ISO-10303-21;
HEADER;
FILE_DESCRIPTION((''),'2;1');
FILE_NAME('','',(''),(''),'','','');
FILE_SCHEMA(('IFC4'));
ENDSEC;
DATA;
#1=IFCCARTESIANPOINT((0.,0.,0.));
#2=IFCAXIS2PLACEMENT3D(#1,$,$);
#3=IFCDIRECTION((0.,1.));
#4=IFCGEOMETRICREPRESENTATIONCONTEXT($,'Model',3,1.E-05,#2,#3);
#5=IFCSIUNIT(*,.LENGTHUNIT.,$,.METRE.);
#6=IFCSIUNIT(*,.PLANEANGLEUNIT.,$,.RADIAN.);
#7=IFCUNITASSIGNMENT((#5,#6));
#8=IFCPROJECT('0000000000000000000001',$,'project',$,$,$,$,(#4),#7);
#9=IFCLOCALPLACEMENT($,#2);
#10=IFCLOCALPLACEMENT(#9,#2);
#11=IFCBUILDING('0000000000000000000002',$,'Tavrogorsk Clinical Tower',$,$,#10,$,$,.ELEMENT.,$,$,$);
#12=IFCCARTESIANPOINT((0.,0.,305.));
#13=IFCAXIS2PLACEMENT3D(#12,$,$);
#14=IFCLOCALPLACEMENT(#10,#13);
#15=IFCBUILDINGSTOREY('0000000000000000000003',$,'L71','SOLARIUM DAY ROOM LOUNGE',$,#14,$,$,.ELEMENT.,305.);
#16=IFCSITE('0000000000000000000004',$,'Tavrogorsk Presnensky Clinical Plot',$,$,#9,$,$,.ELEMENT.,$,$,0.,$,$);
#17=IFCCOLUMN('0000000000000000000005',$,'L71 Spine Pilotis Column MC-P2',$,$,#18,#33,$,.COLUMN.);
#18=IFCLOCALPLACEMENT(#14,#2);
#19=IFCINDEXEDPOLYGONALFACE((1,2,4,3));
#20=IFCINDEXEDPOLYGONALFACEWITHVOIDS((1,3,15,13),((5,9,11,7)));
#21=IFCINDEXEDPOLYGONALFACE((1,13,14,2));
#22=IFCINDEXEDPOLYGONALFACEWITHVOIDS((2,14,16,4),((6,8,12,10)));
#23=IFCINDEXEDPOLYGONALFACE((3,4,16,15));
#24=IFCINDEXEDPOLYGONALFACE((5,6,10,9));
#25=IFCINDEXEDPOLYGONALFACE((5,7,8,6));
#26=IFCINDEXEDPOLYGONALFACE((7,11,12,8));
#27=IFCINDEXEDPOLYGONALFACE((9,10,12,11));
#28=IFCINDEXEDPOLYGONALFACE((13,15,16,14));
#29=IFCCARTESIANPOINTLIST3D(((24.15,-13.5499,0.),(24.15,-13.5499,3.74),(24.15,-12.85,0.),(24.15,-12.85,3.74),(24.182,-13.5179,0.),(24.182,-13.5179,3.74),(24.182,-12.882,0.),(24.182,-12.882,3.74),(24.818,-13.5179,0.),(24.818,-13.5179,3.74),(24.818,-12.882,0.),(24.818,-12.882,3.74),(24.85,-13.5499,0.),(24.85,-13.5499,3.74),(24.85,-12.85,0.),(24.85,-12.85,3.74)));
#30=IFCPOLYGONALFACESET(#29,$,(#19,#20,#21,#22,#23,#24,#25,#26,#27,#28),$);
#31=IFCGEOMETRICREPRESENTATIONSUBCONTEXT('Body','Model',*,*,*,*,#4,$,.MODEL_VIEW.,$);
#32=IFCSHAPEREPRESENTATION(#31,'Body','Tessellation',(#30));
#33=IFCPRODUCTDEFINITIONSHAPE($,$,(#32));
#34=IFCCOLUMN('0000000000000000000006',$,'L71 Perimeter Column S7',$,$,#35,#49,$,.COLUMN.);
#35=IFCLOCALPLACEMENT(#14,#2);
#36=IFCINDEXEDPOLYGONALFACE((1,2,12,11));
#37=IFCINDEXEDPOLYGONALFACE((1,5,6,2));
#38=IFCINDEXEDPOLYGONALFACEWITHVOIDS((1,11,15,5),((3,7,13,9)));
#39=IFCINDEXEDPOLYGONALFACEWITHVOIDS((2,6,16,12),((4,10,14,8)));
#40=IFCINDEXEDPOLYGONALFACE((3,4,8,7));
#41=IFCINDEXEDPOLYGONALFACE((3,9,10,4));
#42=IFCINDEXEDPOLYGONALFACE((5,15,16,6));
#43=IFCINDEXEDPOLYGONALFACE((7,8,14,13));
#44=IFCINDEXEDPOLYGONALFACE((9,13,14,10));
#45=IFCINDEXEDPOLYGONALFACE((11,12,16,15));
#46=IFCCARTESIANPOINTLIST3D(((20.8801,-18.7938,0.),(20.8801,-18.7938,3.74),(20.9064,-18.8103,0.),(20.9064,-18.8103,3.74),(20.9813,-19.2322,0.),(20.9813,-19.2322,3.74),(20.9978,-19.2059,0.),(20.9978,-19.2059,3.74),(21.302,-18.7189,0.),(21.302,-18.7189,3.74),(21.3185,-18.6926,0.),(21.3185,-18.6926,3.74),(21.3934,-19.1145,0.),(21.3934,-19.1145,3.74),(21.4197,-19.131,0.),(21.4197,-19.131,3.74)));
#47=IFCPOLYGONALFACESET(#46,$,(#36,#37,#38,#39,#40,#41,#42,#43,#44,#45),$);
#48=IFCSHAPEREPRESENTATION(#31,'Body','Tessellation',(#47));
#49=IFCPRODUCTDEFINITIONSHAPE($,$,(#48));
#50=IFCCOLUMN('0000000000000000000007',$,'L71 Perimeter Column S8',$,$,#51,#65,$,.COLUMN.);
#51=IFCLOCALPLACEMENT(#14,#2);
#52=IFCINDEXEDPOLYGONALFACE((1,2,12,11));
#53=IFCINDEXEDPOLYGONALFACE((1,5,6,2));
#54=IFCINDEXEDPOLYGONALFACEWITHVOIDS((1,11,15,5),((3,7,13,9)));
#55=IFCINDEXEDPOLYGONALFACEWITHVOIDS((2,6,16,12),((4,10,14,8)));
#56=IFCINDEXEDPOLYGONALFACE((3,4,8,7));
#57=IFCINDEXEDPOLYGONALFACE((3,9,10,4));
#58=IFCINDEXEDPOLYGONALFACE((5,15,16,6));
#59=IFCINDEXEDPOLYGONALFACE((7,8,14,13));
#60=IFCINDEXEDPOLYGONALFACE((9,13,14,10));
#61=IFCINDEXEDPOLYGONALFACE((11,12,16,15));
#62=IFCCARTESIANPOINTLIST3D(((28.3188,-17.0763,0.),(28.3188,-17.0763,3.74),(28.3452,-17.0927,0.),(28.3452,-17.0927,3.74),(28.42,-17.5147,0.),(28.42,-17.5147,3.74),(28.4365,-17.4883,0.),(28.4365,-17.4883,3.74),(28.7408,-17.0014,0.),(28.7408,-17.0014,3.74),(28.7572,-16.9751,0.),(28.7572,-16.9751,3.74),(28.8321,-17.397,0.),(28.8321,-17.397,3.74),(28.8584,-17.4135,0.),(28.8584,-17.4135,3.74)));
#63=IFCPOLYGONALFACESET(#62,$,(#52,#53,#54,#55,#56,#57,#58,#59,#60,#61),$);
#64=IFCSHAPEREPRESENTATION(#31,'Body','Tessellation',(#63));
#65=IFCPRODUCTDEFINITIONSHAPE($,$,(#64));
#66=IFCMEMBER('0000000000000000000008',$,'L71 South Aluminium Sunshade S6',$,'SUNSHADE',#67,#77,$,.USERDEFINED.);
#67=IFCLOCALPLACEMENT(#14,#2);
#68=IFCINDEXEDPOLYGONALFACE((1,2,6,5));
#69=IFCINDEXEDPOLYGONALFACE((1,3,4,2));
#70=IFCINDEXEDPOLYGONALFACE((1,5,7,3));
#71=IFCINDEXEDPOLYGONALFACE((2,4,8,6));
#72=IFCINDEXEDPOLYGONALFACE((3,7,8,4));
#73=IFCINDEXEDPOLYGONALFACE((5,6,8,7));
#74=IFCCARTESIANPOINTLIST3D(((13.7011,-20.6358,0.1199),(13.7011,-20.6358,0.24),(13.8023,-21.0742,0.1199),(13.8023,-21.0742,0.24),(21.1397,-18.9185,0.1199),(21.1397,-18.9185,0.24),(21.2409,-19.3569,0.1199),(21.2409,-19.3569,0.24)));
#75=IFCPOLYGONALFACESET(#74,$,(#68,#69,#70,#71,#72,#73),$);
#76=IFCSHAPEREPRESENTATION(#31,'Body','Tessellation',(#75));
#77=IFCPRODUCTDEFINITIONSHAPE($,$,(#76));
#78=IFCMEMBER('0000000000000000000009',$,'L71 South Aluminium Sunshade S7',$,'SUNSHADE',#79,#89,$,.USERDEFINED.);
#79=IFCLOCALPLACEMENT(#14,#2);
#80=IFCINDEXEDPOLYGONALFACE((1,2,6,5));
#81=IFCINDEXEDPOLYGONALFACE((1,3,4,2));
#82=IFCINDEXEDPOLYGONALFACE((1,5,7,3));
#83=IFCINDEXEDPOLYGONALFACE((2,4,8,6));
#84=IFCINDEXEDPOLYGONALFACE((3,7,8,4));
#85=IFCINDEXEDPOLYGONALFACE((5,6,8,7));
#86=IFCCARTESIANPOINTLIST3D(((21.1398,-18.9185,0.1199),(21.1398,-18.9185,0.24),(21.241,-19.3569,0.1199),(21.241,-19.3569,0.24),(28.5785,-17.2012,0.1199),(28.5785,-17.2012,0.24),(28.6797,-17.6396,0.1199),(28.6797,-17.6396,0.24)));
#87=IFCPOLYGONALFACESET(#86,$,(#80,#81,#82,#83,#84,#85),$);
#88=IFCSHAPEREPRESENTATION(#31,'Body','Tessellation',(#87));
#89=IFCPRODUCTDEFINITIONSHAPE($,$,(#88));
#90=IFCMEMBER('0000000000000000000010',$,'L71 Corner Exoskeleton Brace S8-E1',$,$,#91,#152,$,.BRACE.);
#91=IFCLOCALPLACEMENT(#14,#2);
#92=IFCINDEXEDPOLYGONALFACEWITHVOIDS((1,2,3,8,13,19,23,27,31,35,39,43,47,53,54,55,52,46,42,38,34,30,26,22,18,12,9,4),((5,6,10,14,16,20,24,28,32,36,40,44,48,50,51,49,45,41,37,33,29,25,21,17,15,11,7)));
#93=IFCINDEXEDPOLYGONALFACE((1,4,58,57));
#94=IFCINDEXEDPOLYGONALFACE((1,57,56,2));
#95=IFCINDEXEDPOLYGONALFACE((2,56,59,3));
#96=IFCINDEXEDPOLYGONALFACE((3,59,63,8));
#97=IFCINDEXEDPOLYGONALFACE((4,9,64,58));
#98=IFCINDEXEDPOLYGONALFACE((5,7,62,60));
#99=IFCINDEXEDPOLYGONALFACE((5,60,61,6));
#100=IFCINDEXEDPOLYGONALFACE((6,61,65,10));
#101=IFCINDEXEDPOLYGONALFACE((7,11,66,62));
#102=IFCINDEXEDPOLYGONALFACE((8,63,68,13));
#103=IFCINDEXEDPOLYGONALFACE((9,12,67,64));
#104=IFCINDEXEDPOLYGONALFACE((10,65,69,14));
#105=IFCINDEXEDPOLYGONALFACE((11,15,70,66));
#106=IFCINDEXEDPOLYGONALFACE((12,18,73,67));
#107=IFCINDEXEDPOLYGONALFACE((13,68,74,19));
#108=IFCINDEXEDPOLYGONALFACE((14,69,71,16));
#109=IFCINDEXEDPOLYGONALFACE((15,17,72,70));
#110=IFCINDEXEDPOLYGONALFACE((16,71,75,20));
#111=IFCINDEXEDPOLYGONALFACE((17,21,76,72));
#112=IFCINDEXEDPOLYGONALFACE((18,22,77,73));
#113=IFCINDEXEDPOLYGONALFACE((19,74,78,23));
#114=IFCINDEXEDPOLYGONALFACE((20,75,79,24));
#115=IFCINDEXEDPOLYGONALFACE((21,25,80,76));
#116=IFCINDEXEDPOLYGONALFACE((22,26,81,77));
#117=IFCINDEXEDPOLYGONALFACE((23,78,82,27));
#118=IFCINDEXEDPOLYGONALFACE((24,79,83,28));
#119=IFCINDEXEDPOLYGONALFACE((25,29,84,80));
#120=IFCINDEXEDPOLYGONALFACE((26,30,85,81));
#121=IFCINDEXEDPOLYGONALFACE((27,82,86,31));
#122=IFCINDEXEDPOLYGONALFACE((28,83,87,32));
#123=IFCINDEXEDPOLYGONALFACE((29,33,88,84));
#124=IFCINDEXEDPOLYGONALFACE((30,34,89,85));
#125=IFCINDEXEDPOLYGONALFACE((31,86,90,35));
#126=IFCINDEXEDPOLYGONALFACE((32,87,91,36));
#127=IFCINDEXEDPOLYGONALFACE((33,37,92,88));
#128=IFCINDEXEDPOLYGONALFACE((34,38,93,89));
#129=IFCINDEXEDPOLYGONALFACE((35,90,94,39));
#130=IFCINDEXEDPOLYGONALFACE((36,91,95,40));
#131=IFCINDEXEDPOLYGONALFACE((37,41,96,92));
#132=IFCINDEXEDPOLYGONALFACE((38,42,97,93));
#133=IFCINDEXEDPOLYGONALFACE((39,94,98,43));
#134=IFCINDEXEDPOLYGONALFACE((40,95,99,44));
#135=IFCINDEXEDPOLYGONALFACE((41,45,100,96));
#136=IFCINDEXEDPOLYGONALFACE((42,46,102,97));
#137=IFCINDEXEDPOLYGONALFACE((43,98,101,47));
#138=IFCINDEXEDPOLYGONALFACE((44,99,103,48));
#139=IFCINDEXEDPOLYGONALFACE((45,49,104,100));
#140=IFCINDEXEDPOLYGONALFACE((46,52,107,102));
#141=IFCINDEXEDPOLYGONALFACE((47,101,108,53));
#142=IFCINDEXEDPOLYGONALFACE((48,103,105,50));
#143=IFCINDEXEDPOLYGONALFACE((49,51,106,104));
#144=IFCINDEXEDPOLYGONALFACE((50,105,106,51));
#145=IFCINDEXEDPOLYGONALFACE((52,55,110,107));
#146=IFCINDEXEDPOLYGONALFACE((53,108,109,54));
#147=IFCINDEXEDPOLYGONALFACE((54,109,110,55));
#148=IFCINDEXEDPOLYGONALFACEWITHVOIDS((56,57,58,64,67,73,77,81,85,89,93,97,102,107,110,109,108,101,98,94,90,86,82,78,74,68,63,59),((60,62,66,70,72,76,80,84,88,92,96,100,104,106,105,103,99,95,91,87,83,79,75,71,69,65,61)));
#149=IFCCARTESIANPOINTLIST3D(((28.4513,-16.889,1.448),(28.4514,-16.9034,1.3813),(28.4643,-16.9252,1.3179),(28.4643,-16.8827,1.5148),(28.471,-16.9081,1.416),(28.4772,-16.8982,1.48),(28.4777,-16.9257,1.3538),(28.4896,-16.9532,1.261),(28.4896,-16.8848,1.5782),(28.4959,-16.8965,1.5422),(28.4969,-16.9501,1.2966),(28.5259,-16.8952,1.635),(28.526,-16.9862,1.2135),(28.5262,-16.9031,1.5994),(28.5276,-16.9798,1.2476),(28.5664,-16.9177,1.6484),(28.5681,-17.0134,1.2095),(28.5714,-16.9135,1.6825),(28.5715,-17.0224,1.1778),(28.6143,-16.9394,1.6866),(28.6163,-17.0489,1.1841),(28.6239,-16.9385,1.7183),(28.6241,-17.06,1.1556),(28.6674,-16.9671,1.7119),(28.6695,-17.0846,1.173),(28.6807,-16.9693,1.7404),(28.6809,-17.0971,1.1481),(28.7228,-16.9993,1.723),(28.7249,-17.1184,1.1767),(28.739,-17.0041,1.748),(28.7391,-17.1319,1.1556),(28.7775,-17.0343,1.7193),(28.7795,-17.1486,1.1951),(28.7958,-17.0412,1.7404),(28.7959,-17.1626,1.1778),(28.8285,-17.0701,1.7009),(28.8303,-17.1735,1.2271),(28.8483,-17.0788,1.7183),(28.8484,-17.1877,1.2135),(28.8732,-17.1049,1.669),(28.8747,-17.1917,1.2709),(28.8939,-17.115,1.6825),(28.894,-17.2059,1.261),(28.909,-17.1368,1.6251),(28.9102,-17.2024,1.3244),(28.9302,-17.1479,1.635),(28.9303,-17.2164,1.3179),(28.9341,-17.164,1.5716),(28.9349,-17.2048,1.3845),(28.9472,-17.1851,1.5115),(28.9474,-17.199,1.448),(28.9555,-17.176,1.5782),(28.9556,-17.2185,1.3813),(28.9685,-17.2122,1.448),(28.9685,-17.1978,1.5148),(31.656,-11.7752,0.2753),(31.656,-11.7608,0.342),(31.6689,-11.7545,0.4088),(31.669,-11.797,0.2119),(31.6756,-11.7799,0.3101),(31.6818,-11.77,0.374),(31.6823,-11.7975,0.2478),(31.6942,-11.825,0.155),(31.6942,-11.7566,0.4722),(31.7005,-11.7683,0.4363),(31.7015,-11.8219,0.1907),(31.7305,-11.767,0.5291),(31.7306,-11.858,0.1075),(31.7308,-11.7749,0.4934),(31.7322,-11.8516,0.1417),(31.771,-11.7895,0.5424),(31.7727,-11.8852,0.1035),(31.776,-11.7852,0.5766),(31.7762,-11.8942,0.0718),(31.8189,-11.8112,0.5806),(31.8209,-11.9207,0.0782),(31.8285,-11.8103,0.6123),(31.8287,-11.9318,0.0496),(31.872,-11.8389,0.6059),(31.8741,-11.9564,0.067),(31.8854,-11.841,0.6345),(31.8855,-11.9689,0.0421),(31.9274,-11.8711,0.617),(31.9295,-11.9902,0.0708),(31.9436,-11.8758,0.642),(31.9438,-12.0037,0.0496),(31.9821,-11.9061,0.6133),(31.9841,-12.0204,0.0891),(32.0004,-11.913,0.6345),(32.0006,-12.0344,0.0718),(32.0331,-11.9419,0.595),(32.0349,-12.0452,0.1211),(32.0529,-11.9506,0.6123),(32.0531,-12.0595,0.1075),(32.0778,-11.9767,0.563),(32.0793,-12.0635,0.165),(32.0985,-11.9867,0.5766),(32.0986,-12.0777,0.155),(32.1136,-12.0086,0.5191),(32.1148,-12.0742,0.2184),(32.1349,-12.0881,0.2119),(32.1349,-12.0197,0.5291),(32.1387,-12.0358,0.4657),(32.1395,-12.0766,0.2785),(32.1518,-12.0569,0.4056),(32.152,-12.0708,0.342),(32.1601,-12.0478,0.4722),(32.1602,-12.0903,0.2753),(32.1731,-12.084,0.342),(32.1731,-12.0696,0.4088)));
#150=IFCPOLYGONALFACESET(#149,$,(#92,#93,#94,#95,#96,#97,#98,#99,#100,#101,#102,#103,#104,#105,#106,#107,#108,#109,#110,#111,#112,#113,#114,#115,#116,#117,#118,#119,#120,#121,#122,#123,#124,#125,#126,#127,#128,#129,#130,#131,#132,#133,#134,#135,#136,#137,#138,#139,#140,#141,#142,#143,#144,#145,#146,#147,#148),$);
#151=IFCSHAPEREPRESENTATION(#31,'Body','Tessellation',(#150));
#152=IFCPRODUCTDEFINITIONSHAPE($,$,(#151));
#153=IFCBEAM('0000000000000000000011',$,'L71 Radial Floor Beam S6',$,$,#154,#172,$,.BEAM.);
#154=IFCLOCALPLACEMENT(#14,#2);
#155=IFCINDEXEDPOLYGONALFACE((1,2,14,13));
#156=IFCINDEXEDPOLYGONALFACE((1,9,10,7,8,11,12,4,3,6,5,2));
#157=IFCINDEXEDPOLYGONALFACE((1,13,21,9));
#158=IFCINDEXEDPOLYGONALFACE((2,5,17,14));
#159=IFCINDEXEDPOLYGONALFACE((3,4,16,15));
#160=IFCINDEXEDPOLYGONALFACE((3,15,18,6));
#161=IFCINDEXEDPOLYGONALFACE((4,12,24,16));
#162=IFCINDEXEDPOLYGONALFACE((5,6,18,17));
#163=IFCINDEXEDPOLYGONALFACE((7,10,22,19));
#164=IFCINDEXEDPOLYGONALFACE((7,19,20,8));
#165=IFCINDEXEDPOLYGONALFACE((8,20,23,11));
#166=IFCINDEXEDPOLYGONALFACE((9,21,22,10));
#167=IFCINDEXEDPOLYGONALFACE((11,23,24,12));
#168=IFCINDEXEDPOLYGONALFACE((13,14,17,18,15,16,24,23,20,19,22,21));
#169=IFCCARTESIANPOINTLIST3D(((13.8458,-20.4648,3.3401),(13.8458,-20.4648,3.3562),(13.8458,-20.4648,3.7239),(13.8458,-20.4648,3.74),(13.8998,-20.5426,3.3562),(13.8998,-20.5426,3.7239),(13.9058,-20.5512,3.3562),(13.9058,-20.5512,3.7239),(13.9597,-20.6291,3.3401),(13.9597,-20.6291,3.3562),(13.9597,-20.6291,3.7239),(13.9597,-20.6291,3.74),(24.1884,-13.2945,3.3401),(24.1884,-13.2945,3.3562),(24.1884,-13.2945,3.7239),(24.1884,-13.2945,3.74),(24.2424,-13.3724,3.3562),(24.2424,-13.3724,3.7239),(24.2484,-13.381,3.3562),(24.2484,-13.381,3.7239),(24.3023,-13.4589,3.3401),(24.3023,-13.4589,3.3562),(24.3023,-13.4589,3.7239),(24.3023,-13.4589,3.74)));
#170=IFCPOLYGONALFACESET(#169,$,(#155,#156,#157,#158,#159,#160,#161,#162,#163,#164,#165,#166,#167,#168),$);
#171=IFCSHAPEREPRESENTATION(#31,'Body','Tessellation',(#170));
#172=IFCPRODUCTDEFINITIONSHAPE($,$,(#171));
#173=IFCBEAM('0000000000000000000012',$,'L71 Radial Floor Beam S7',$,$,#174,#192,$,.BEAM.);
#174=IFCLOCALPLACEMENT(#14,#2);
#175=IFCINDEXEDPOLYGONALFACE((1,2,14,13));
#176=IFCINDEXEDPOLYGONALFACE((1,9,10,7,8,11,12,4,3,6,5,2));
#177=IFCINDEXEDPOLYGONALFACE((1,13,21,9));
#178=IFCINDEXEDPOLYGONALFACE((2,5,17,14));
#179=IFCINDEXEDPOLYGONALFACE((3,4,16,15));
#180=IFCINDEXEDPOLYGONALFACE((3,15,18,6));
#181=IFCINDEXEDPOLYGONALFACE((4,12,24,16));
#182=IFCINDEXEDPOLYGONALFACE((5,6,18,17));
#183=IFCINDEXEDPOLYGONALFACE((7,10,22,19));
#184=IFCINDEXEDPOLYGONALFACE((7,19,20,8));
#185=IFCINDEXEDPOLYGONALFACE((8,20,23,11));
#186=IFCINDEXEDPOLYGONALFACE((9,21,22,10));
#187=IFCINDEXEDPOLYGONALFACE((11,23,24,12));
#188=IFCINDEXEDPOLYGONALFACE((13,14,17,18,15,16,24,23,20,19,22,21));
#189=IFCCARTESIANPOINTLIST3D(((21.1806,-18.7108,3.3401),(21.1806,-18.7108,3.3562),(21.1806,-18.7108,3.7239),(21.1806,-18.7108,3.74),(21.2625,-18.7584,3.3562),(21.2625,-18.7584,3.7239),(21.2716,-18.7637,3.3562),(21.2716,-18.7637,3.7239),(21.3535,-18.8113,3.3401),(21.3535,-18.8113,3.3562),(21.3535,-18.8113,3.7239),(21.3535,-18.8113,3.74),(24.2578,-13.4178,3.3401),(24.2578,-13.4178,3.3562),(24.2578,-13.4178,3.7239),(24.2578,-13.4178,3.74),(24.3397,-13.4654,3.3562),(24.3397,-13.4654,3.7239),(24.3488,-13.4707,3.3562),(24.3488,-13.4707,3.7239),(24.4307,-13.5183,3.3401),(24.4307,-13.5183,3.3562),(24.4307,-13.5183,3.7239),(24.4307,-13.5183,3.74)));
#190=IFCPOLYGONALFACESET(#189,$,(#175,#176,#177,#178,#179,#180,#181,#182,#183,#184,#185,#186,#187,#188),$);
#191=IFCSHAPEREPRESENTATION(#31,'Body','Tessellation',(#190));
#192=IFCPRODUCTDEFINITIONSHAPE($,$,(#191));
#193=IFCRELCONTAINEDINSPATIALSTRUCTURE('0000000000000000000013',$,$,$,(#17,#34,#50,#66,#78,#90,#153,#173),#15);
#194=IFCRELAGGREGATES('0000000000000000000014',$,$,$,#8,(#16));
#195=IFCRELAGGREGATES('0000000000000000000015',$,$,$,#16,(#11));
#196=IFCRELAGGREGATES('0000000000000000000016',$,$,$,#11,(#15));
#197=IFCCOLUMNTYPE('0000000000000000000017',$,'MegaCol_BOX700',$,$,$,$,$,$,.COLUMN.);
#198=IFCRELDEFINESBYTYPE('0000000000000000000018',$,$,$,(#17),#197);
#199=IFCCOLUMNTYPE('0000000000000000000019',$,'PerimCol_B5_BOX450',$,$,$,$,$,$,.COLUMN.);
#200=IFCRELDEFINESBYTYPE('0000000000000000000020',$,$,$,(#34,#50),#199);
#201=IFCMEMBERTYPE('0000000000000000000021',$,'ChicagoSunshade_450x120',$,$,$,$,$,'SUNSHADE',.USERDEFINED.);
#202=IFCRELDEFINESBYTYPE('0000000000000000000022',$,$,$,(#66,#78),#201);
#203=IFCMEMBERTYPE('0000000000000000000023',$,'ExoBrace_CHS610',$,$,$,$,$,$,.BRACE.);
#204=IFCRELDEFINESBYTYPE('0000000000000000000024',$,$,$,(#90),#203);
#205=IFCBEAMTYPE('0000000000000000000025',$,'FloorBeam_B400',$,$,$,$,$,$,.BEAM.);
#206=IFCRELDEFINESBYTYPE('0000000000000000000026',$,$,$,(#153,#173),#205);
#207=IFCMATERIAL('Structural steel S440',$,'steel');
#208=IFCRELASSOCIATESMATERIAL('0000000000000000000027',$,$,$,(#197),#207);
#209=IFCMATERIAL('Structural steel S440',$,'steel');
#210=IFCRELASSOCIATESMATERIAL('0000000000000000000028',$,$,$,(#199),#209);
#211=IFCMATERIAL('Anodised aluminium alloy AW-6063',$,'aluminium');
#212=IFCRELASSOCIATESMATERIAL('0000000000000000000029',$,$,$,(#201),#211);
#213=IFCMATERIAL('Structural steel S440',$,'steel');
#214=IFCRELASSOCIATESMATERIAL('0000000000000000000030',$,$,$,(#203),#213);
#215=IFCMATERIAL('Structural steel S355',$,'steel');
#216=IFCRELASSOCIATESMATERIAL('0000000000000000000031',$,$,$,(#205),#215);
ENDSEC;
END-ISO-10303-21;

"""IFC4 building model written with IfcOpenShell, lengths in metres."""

from ifc_helpers import new_model, si_unit, direction, frame, origin, origin_2d, place, context, subcontext, project, spatial, rectangle, hollow_rectangle, hollow_circle, i_section, extrude, material, material_profile, profile_set, type_object, element, save


model = new_model("IFC4")

# Units and contexts
model_context = context("Model", 3, precision=1e-05, world=origin(), true_north=direction((0.0, 1.0)))
body_context = subcontext(model_context, "Body", "Model", "MODEL_VIEW")
ifc_project = project(units=[si_unit("LENGTHUNIT", "METRE"), si_unit("PLANEANGLEUNIT", "RADIAN")], contexts=[model_context])

# Site, building, storey
site_placement = place(None, origin())
site = spatial("IfcSite", under=ifc_project, at=site_placement, Name="Tavrogorsk Presnensky Clinical Plot", CompositionType="ELEMENT", RefElevation=0.0)
building_placement = place(site_placement, origin())
building = spatial("IfcBuilding", under=site, at=building_placement, Name="Tavrogorsk Clinical Tower", CompositionType="ELEMENT")
storey_placement = place(building_placement, frame((0.0, 0.0, 305.0)))
storey = spatial("IfcBuildingStorey", under=building, at=storey_placement, Name="L71", Description="SOLARIUM DAY ROOM LOUNGE", CompositionType="ELEMENT", Elevation=305.0)

# Columns
ifc_material_1 = material(Name="Structural steel S440", Category="steel")
ifc_material_profile_1 = material_profile(ifc_material_1, hollow_rectangle(XDim=0.7, YDim=0.7, WallThickness=0.032, at=origin_2d()), Name="BOX-700x700x32")
ifc_profile_set_1 = profile_set([ifc_material_profile_1], Name="Structural steel S440")
column_type_1 = type_object("IfcColumnType", Name="MegaCol_BOX700", PredefinedType="COLUMN", material=ifc_profile_set_1)
column_placement = place(storey_placement, frame((24.5, -13.2, 0.0), z_axis=(0.0, 0.0, 1.0), x_axis=(1.0, 0.0, 0.0)))
element("IfcColumn", 1, at=column_placement, inside=storey, type_object=column_type_1, Name="L71 Spine Pilotis Column MC-P2", PredefinedType="COLUMN", context=body_context, shape_type="SweptSolid", body=[
    extrude(hollow_rectangle(XDim=0.7, YDim=0.7, WallThickness=0.032, at=origin_2d()), origin(), (0.0, 0.0, 1.0), 3.74),
])
ifc_material_2 = material(Name="Structural steel S440", Category="steel")
ifc_material_profile_2 = material_profile(ifc_material_2, hollow_rectangle(XDim=0.45, YDim=0.45, WallThickness=0.022, at=origin_2d()), Name="BOX-450x450x22")
ifc_profile_set_2 = profile_set([ifc_material_profile_2], Name="Structural steel S440")
column_type_2 = type_object("IfcColumnType", Name="PerimCol_B5_BOX450", PredefinedType="COLUMN", material=ifc_profile_set_2)
for number, where, z_axis, x_axis, name in (
    (2, (21.1499, -18.9624, 0.0), (0.0, 0.0, 1.0), (0.97437, 0.224951, 0.0), "L71 Perimeter Column S7"),
    (3, (28.5886, -17.2449, 0.0), (0.0, 0.0, 1.0), (0.97437, 0.224951, 0.0), "L71 Perimeter Column S8"),
):
    element("IfcColumn", number, at=place(storey_placement, frame(where, z_axis=z_axis, x_axis=x_axis)), inside=storey, type_object=column_type_2, Name=name, PredefinedType="COLUMN", context=body_context, shape_type="SweptSolid", body=[
        extrude(hollow_rectangle(XDim=0.45, YDim=0.45, WallThickness=0.022, at=origin_2d()), origin(), (0.0, 0.0, 1.0), 3.74),
    ])

# Members
ifc_material_3 = material(Name="Anodised aluminium alloy AW-6063", Category="aluminium")
ifc_material_profile_3 = material_profile(ifc_material_3, rectangle(XDim=0.45, YDim=0.1201, at=origin_2d()), Name="ALU-SUNSHADE-450x120")
ifc_profile_set_3 = profile_set([ifc_material_profile_3], Name="Anodised aluminium alloy AW-6063")
member_type_1 = type_object("IfcMemberType", Name="ChicagoSunshade_450x120", ElementType="SUNSHADE", PredefinedType="USERDEFINED", material=ifc_profile_set_3)
for number, where, z_axis, x_axis, name in (
    (4, (13.7517, -20.855, 0.1799), (0.974372, 0.224941, 0.0), (-0.224941, 0.974372, 0.0), "L71 South Aluminium Sunshade S6"),
    (5, (21.1904, -19.1377, 0.1799), (0.974372, 0.224941, 0.0), (-0.224941, 0.974372, 0.0), "L71 South Aluminium Sunshade S7"),
):
    element("IfcMember", number, at=place(storey_placement, frame(where, z_axis=z_axis, x_axis=x_axis)), inside=storey, type_object=member_type_1, Name=name, ObjectType="SUNSHADE", PredefinedType="USERDEFINED", context=body_context, shape_type="SweptSolid", body=[
        extrude(rectangle(XDim=0.45, YDim=0.1201, at=origin_2d()), origin(), (0.0, 0.0, 1.0), 7.6343),
    ])
ifc_material_4 = material(Name="Structural steel S440", Category="steel")
ifc_material_profile_4 = material_profile(ifc_material_4, hollow_circle(Radius=0.3049, WallThickness=0.0249, at=origin_2d()), Name="CHS-610x25")
ifc_profile_set_4 = profile_set([ifc_material_profile_4], Name="Structural steel S440")
member_type_2 = type_object("IfcMemberType", Name="ExoBrace_CHS610", PredefinedType="BRACE", material=ifc_profile_set_4)
member_placement = place(storey_placement, frame((31.9146, -11.9224, 0.342), z_axis=(-0.521291, -0.8342, 0.179906), x_axis=(0.848037, -0.529937, 0.0)))
element("IfcMember", 6, at=member_placement, inside=storey, type_object=member_type_2, Name="L71 Corner Exoskeleton Brace S8-E1", PredefinedType="BRACE", context=body_context, shape_type="SweptSolid", body=[
    extrude(hollow_circle(Radius=0.3049, WallThickness=0.0249, at=origin_2d()), origin(), (0.0, 0.0, 1.0), 6.1475),
])

# Beams
ifc_material_5 = material(Name="Structural steel S355", Category="steel")
ifc_material_profile_5 = material_profile(ifc_material_5, i_section(OverallWidth=0.2, OverallDepth=0.3999, WebThickness=0.0105, FlangeThickness=0.0161, at=origin_2d()), Name="B-400x200x10.5x16")
ifc_profile_set_5 = profile_set([ifc_material_profile_5], Name="Structural steel S355")
beam_type_1 = type_object("IfcBeamType", Name="FloorBeam_B400", PredefinedType="BEAM", material=ifc_profile_set_5)
beam_1_placement = place(storey_placement, frame((24.2454, -13.3767, 3.54), z_axis=(-0.821822, -0.569745, 0.0), x_axis=(0.569745, -0.821822, 0.0)))
element("IfcBeam", 7, at=beam_1_placement, inside=storey, type_object=beam_type_1, Name="L71 Radial Floor Beam S6", PredefinedType="BEAM", context=body_context, shape_type="SweptSolid", body=[
    extrude(i_section(OverallWidth=0.2, OverallDepth=0.3999, WebThickness=0.0105, FlangeThickness=0.0161, at=origin_2d()), origin(), (0.0, 0.0, 1.0), 12.585),
])
beam_2_placement = place(storey_placement, frame((24.3442, -13.468, 3.54), z_axis=(-0.502601, -0.864518, 0.0), x_axis=(0.864518, -0.502601, 0.0)))
element("IfcBeam", 8, at=beam_2_placement, inside=storey, type_object=beam_type_1, Name="L71 Radial Floor Beam S7", PredefinedType="BEAM", context=body_context, shape_type="SweptSolid", body=[
    extrude(i_section(OverallWidth=0.2, OverallDepth=0.3999, WebThickness=0.0105, FlangeThickness=0.0161, at=origin_2d()), origin(), (0.0, 0.0, 1.0), 6.1226),
])

save(model, "model.ifc")
